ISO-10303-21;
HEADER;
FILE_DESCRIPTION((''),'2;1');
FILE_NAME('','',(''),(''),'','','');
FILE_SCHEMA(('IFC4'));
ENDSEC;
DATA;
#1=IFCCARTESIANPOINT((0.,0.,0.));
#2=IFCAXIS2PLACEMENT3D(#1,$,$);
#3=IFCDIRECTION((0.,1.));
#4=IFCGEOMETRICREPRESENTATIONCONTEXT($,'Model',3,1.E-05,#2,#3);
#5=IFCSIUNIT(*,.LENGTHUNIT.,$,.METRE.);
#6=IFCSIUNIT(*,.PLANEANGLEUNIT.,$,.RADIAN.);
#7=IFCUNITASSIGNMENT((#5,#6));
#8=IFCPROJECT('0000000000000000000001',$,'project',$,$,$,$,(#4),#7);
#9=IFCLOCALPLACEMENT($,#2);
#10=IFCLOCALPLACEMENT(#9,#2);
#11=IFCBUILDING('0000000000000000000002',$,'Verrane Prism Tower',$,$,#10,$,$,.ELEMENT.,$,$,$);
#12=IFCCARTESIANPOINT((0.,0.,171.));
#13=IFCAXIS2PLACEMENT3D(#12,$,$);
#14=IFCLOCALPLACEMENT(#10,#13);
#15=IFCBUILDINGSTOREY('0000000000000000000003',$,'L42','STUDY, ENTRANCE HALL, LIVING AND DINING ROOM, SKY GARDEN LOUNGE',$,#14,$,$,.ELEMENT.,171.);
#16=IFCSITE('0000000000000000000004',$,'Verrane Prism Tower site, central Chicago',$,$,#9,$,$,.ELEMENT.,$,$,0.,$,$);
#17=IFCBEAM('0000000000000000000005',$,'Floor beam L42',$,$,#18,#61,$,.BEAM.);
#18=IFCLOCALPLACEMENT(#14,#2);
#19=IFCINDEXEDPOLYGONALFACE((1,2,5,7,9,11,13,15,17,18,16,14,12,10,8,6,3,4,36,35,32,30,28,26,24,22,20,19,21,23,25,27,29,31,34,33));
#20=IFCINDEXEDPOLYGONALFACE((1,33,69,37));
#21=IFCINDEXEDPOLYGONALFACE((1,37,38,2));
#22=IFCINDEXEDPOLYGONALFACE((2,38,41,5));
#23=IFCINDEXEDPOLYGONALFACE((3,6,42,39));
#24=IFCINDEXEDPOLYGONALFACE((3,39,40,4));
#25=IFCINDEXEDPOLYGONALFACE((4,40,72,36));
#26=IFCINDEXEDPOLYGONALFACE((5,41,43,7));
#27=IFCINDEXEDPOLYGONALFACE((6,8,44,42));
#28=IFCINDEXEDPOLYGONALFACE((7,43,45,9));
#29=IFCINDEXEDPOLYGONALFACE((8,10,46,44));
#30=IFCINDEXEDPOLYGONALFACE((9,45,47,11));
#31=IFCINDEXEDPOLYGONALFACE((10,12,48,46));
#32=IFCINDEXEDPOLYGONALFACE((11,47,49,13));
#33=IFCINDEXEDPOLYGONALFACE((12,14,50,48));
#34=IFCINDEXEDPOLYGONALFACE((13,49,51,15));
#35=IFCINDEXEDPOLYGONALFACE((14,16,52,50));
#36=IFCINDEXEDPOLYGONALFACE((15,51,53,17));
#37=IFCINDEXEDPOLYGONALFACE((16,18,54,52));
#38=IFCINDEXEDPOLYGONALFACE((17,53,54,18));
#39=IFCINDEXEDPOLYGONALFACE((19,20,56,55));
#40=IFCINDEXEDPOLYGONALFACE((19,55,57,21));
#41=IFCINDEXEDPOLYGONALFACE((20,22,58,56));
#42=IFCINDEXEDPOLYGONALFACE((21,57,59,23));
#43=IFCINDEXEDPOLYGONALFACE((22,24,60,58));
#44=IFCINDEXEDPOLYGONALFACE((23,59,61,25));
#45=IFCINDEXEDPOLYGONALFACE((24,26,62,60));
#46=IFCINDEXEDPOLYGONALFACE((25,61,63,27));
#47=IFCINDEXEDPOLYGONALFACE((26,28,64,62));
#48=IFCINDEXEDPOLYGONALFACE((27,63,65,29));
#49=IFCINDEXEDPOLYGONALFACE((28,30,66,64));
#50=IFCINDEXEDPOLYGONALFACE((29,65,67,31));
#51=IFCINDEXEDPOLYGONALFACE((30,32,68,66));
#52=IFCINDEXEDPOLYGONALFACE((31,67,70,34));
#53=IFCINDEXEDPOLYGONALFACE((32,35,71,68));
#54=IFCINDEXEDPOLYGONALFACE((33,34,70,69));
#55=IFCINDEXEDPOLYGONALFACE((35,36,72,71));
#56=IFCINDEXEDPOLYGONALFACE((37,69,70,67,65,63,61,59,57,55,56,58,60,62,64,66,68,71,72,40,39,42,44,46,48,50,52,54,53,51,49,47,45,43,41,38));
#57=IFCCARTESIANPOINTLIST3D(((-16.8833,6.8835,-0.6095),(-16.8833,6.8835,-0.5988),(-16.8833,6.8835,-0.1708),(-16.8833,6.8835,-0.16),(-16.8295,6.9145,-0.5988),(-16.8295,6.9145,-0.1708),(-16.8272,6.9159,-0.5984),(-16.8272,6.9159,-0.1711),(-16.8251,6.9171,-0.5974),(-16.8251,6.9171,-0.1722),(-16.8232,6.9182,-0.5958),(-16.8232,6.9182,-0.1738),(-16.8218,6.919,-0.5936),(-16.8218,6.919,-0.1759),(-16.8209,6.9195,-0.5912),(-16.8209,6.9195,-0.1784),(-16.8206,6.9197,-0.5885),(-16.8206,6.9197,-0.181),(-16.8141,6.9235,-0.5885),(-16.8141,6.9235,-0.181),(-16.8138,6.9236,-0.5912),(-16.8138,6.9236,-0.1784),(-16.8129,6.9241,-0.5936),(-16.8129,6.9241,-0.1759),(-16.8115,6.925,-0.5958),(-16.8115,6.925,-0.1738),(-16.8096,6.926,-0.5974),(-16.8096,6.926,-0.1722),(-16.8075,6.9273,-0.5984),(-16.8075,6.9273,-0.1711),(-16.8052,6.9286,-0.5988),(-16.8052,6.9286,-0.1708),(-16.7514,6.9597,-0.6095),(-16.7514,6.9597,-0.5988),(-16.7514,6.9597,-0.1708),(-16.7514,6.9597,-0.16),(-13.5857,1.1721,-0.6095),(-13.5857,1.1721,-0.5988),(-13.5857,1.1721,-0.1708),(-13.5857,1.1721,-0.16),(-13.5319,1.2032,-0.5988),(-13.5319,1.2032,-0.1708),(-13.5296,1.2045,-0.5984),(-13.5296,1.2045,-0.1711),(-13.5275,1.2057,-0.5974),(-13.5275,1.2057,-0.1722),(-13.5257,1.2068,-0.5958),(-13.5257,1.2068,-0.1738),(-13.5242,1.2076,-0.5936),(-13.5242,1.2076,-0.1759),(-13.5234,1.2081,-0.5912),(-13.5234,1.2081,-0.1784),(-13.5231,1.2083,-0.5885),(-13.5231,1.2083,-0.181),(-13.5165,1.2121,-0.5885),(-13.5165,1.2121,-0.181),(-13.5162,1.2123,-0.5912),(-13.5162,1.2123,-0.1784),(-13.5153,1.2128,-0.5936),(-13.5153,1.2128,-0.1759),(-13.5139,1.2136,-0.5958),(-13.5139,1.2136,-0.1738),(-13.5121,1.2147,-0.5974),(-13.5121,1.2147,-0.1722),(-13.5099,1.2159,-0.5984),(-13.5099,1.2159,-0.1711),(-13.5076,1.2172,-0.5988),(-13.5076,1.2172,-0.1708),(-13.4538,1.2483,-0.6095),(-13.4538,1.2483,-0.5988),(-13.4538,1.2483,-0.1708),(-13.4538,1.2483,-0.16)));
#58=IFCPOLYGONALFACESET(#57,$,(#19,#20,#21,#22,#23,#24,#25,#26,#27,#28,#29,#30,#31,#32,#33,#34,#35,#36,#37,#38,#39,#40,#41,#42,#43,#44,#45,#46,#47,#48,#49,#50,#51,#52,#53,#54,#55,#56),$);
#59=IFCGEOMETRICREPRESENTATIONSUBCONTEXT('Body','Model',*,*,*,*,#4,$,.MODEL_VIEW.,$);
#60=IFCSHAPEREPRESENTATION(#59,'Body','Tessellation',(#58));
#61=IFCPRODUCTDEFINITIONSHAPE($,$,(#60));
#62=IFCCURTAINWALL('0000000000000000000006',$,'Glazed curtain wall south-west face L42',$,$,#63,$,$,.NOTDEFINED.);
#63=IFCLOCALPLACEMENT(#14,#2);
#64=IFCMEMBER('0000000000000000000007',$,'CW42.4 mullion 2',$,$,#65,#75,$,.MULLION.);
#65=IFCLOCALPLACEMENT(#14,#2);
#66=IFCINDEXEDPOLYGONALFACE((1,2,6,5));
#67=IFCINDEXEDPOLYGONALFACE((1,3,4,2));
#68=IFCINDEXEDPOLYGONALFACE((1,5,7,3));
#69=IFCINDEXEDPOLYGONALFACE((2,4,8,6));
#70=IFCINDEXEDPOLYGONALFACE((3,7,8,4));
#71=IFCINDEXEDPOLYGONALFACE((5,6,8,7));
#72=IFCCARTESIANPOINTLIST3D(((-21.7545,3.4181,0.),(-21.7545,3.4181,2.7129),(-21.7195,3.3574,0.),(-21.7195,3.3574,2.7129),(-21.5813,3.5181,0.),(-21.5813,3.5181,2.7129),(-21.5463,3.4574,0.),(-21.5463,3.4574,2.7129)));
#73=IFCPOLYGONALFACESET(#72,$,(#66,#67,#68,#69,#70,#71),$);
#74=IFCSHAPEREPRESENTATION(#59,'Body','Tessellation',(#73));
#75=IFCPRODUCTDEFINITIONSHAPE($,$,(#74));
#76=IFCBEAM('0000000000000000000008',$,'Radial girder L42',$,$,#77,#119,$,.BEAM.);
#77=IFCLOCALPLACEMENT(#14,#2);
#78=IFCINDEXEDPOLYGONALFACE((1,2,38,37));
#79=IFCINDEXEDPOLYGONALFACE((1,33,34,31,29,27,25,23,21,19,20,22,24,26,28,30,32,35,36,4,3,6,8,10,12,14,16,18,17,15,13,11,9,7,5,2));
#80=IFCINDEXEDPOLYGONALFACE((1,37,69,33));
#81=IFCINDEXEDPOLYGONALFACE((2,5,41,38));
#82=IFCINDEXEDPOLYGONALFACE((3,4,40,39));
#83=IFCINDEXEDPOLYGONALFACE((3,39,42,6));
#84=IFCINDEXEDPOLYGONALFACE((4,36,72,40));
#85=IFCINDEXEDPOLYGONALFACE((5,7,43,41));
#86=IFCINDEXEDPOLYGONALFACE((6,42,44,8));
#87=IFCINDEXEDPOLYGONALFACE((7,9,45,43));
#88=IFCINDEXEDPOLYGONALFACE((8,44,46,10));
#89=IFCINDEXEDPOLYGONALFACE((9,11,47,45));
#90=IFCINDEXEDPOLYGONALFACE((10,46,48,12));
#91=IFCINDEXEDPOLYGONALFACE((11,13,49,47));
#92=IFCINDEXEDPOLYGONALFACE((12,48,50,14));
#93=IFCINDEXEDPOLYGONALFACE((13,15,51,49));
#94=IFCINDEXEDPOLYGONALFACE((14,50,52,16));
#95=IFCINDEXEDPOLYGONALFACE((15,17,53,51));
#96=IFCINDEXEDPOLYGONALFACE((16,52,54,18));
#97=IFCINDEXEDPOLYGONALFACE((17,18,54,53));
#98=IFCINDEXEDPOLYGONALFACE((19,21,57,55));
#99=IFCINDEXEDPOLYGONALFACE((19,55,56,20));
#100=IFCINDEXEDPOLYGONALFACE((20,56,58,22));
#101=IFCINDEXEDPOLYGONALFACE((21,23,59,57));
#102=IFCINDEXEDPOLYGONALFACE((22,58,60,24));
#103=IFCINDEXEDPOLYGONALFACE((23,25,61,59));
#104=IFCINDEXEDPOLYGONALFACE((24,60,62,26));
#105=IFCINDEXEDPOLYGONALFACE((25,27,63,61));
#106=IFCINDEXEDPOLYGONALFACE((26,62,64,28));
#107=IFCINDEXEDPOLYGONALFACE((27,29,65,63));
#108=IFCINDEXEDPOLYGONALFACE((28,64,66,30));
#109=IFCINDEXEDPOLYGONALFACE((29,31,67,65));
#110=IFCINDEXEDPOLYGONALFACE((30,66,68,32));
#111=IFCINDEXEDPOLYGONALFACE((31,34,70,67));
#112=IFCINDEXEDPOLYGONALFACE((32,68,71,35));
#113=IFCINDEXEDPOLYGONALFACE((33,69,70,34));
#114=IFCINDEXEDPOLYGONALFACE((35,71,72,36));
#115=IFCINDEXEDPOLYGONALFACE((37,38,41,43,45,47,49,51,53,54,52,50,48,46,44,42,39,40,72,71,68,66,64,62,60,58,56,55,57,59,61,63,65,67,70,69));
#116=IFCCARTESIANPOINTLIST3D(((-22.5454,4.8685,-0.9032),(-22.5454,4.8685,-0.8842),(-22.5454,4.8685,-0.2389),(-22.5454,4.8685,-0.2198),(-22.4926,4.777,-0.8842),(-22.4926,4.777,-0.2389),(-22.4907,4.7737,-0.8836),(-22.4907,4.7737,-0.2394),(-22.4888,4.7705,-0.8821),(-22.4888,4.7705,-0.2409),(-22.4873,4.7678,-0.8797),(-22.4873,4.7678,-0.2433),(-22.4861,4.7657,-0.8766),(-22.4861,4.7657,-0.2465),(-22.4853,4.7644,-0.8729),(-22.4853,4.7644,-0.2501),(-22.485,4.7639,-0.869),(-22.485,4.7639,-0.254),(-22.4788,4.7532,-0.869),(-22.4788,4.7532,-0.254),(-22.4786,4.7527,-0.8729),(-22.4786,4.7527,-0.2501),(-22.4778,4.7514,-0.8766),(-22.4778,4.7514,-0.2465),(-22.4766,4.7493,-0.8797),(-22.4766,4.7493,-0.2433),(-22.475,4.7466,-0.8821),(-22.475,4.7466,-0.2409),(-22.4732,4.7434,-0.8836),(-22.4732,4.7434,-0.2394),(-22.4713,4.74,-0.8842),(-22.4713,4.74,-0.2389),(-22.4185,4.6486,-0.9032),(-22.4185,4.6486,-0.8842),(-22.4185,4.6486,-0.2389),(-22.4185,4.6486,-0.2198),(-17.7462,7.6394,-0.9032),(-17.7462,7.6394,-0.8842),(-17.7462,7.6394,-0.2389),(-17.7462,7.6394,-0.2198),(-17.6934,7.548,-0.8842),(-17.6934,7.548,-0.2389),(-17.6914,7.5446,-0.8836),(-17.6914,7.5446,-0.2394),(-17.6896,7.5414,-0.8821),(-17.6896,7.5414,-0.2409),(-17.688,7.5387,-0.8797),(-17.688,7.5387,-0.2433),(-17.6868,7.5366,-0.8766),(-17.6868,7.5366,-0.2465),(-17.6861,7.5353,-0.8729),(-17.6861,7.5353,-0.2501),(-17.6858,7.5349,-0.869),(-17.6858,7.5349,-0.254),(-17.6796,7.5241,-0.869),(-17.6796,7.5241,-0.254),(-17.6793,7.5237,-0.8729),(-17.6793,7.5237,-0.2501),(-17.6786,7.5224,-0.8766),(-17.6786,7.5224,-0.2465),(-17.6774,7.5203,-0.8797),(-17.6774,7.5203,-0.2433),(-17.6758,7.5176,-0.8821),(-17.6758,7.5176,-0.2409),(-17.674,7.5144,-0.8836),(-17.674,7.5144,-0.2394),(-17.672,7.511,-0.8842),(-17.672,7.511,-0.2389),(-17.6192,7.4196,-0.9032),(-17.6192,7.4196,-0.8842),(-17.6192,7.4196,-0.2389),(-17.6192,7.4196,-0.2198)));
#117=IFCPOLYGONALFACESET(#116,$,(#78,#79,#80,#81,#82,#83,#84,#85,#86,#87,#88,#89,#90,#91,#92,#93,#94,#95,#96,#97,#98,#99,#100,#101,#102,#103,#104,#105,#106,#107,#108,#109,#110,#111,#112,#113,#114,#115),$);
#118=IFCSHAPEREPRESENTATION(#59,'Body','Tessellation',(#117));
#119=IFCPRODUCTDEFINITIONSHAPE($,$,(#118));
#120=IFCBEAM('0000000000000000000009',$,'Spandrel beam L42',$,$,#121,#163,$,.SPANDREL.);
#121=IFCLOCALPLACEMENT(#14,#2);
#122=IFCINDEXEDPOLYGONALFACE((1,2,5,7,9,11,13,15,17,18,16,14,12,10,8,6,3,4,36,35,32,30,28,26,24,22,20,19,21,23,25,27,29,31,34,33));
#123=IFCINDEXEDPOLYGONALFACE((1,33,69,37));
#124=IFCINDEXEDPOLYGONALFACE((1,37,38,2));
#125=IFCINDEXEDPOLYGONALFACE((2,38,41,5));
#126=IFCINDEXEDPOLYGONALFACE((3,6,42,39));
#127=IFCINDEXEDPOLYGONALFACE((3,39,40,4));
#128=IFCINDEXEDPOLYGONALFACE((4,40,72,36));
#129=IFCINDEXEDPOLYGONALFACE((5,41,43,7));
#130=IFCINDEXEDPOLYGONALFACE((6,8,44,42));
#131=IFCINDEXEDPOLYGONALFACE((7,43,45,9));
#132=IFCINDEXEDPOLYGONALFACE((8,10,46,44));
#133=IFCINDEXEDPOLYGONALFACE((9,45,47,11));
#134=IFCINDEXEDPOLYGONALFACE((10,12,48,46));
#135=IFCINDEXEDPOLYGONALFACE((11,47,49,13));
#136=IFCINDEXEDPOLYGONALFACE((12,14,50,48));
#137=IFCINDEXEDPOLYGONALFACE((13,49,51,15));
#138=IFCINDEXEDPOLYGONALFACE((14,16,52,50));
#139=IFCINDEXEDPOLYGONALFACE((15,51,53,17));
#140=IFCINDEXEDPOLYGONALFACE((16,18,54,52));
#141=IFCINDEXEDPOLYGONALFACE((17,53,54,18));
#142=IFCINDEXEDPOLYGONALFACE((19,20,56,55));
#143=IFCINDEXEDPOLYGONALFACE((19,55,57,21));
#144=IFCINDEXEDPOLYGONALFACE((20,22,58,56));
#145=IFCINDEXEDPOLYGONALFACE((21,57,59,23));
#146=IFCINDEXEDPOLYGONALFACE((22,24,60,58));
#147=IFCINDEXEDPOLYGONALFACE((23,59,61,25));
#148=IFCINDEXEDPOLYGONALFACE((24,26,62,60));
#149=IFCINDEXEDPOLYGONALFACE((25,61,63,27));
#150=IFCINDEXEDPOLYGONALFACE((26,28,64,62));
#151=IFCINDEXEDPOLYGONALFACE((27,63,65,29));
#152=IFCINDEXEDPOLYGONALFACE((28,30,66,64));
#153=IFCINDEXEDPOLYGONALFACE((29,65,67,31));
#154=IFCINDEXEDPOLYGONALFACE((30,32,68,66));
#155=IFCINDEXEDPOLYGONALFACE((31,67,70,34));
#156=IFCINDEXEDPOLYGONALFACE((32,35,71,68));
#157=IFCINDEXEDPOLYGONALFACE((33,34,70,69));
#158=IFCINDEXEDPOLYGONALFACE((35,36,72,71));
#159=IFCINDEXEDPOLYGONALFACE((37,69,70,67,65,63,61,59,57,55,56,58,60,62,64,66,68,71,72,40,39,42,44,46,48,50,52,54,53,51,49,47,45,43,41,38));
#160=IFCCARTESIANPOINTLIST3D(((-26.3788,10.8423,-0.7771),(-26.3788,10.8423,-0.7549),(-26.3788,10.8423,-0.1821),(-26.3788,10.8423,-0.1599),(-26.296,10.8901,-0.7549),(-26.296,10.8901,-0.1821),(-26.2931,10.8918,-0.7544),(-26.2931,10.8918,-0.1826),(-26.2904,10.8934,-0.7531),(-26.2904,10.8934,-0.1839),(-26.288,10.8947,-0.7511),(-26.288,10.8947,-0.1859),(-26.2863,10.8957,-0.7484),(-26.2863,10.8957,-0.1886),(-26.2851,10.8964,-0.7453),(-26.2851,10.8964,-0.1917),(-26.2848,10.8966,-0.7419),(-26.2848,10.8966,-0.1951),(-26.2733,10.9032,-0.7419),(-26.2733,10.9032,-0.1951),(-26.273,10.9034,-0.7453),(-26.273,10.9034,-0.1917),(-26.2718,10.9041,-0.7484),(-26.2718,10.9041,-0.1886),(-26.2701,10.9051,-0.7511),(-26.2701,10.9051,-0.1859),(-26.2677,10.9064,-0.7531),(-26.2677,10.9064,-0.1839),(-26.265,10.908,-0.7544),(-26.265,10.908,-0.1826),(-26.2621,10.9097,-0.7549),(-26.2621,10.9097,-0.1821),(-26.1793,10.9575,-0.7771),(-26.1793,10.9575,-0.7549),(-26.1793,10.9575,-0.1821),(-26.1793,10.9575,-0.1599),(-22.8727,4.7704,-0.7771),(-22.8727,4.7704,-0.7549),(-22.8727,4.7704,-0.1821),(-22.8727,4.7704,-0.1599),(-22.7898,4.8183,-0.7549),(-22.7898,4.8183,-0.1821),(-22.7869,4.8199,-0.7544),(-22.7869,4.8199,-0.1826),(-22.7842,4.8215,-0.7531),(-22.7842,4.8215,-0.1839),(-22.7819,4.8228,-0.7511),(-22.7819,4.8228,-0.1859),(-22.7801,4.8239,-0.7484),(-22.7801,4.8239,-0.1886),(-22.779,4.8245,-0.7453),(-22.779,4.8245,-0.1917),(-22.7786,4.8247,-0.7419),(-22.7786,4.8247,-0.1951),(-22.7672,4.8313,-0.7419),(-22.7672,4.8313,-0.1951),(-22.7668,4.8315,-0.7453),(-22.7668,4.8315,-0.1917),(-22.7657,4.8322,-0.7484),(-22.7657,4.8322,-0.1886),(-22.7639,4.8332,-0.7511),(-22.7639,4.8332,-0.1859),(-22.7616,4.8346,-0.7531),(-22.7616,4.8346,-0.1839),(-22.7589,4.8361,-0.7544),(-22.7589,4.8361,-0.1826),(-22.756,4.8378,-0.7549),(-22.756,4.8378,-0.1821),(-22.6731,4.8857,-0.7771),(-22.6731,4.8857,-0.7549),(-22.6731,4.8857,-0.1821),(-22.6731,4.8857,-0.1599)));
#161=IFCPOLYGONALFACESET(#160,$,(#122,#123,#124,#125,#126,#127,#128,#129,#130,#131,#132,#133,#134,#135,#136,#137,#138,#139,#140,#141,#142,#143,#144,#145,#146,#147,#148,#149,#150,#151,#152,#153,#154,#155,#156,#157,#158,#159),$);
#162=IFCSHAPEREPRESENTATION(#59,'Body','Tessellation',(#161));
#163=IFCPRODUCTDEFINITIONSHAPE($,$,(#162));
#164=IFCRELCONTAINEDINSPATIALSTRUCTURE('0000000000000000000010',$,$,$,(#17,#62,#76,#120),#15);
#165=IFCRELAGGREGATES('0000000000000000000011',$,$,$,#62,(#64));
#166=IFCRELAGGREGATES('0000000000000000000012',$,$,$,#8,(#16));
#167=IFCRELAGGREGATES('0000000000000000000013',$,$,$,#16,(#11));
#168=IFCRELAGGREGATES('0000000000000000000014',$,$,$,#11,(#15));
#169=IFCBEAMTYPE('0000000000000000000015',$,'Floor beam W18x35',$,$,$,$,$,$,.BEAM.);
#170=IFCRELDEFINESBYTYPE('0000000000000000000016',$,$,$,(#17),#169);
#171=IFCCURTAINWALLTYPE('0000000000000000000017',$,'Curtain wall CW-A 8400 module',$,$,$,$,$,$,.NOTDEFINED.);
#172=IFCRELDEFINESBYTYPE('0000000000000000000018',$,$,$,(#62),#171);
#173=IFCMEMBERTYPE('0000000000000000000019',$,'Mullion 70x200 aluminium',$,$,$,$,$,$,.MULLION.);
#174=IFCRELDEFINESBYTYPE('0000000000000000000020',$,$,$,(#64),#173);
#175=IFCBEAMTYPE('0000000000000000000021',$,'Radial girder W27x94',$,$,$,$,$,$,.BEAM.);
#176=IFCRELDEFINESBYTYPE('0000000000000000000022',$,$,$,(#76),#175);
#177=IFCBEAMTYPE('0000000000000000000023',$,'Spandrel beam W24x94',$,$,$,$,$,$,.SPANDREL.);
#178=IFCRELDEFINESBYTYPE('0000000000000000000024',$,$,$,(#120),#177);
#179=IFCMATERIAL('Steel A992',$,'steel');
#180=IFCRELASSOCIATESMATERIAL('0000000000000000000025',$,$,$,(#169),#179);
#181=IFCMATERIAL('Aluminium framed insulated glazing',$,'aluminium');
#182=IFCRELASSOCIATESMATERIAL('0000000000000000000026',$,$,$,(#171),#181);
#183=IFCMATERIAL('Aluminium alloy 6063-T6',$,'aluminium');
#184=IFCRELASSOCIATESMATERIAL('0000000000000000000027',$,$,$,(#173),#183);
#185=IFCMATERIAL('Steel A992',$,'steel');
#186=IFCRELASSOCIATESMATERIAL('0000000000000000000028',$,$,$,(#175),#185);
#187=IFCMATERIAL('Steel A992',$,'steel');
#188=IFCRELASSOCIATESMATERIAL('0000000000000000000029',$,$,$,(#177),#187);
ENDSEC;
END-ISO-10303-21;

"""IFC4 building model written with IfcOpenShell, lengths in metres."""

from ifc_helpers import new_model, si_unit, direction, frame, origin, origin_2d, place, context, subcontext, project, spatial, rectangle, i_section, extrude, material, material_profile, profile_set, type_object, element, aggregate, save


model = new_model("IFC4")

# Units and contexts
model_context = context("Model", 3, precision=1e-05, world=origin(), true_north=direction((0.0, 1.0)))
body_context = subcontext(model_context, "Body", "Model", "MODEL_VIEW")
ifc_project = project(units=[si_unit("LENGTHUNIT", "METRE"), si_unit("PLANEANGLEUNIT", "RADIAN")], contexts=[model_context])

# Site, building, storey
site_placement = place(None, origin())
site = spatial("IfcSite", under=ifc_project, at=site_placement, Name="Verrane Prism Tower site, central Chicago", CompositionType="ELEMENT", RefElevation=0.0)
building_placement = place(site_placement, origin())
building = spatial("IfcBuilding", under=site, at=building_placement, Name="Verrane Prism Tower", CompositionType="ELEMENT")
storey_placement = place(building_placement, frame((0.0, 0.0, 171.0)))
storey = spatial("IfcBuildingStorey", under=building, at=storey_placement, Name="L42", Description="STUDY, ENTRANCE HALL, LIVING AND DINING ROOM, SKY GARDEN LOUNGE", CompositionType="ELEMENT", Elevation=171.0)

# Beam
ifc_material_1 = material(Name="Steel A992", Category="steel")
ifc_material_profile_1 = material_profile(ifc_material_1, i_section(OverallWidth=0.1523, OverallDepth=0.4495, WebThickness=0.0076, FlangeThickness=0.0107, FilletRadius=0.0103, at=origin_2d()), Name="W18x35")
ifc_profile_set_1 = profile_set([ifc_material_profile_1], Name="Steel A992")
beam_type_1 = type_object("IfcBeamType", Name="Floor beam W18x35", PredefinedType="BEAM", material=ifc_profile_set_1)
beam_1_placement = place(storey_placement, frame((-13.5198, 1.2102, -0.3848), z_axis=(-0.500013, 0.866018, 0.0), x_axis=(-0.866018, -0.500013, 0.0)))
element("IfcBeam", 1, at=beam_1_placement, inside=storey, type_object=beam_type_1, Name="Floor beam L42", PredefinedType="BEAM", context=body_context, shape_type="SweptSolid", body=[
    extrude(i_section(OverallWidth=0.1523, OverallDepth=0.4495, WebThickness=0.0076, FlangeThickness=0.0107, FilletRadius=0.0103, at=origin_2d()), origin(), (0.0, 0.0, 1.0), 6.595),
])

# Curtain wall, member
ifc_material_2 = material(Name="Aluminium framed insulated glazing", Category="aluminium")
curtain_wall_type = type_object("IfcCurtainWallType", Name="Curtain wall CW-A 8400 module", PredefinedType="NOTDEFINED", material=ifc_material_2)
curtain_wall_placement = place(storey_placement, origin())
curtain_wall = element("IfcCurtainWall", 2, at=curtain_wall_placement, inside=storey, type_object=curtain_wall_type, Name="Glazed curtain wall south-west face L42", PredefinedType="NOTDEFINED")
ifc_material_3 = material(Name="Aluminium alloy 6063-T6", Category="aluminium")
ifc_material_profile_2 = material_profile(ifc_material_3, rectangle(XDim=0.2, YDim=0.0701, at=origin_2d()), Name="Mullion 70x200 aluminium")
ifc_profile_set_2 = profile_set([ifc_material_profile_2], Name="Aluminium alloy 6063-T6")
member_type_1 = type_object("IfcMemberType", Name="Mullion 70x200 aluminium", PredefinedType="MULLION", material=ifc_profile_set_2)
member_1_placement = place(storey_placement, frame((-21.6504, 3.4377, 0.0), z_axis=(0.0, 0.0, 1.0), x_axis=(0.866026, 0.499999, 0.0)))
member_1 = element("IfcMember", 3, at=member_1_placement, type_object=member_type_1, Name="CW42.4 mullion 2", PredefinedType="MULLION", context=body_context, shape_type="SweptSolid", body=[
    extrude(rectangle(XDim=0.2, YDim=0.0701, at=origin_2d()), origin(), (0.0, 0.0, 1.0), 2.7129),
])

# Beams
ifc_material_4 = material(Name="Steel A992", Category="steel")
ifc_material_profile_3 = material_profile(ifc_material_4, i_section(OverallWidth=0.2539, OverallDepth=0.6833, WebThickness=0.0125, FlangeThickness=0.019, FilletRadius=0.0151, at=origin_2d()), Name="W27x94")
ifc_profile_set_3 = profile_set([ifc_material_profile_3], Name="Steel A992")
beam_type_2 = type_object("IfcBeamType", Name="Radial girder W27x94", PredefinedType="BEAM", material=ifc_profile_set_3)
beam_2_placement = place(storey_placement, frame((-22.4819, 4.7585, -0.5615), z_axis=(0.866017, 0.500015, 0.0), x_axis=(-0.500015, 0.866017, 0.0)))
element("IfcBeam", 4, at=beam_2_placement, inside=storey, type_object=beam_type_2, Name="Radial girder L42", PredefinedType="BEAM", context=body_context, shape_type="SweptSolid", body=[
    extrude(i_section(OverallWidth=0.2539, OverallDepth=0.6833, WebThickness=0.0125, FlangeThickness=0.019, FilletRadius=0.0151, at=origin_2d()), origin(), (0.0, 0.0, 1.0), 5.5417),
])
ifc_material_5 = material(Name="Steel A992", Category="steel")
ifc_material_profile_4 = material_profile(ifc_material_5, i_section(OverallWidth=0.2305, OverallDepth=0.6172, WebThickness=0.0132, FlangeThickness=0.0222, FilletRadius=0.0129, at=origin_2d()), Name="W24x94")
ifc_profile_set_4 = profile_set([ifc_material_profile_4], Name="Steel A992")
beam_type_3 = type_object("IfcBeamType", Name="Spandrel beam W24x94", PredefinedType="SPANDREL", material=ifc_profile_set_4)
beam_3_placement = place(storey_placement, frame((-26.2791, 10.8999, -0.4685), z_axis=(0.50006, -0.865991, 0.0), x_axis=(0.865991, 0.50006, 0.0)))
element("IfcBeam", 5, at=beam_3_placement, inside=storey, type_object=beam_type_3, Name="Spandrel beam L42", PredefinedType="SPANDREL", context=body_context, shape_type="SweptSolid", body=[
    extrude(i_section(OverallWidth=0.2305, OverallDepth=0.6172, WebThickness=0.0132, FlangeThickness=0.0222, FilletRadius=0.0129, at=origin_2d()), origin(), (0.0, 0.0, 1.0), 7.0115),
])

aggregate(curtain_wall, [member_1])

save(model, "model.ifc")
